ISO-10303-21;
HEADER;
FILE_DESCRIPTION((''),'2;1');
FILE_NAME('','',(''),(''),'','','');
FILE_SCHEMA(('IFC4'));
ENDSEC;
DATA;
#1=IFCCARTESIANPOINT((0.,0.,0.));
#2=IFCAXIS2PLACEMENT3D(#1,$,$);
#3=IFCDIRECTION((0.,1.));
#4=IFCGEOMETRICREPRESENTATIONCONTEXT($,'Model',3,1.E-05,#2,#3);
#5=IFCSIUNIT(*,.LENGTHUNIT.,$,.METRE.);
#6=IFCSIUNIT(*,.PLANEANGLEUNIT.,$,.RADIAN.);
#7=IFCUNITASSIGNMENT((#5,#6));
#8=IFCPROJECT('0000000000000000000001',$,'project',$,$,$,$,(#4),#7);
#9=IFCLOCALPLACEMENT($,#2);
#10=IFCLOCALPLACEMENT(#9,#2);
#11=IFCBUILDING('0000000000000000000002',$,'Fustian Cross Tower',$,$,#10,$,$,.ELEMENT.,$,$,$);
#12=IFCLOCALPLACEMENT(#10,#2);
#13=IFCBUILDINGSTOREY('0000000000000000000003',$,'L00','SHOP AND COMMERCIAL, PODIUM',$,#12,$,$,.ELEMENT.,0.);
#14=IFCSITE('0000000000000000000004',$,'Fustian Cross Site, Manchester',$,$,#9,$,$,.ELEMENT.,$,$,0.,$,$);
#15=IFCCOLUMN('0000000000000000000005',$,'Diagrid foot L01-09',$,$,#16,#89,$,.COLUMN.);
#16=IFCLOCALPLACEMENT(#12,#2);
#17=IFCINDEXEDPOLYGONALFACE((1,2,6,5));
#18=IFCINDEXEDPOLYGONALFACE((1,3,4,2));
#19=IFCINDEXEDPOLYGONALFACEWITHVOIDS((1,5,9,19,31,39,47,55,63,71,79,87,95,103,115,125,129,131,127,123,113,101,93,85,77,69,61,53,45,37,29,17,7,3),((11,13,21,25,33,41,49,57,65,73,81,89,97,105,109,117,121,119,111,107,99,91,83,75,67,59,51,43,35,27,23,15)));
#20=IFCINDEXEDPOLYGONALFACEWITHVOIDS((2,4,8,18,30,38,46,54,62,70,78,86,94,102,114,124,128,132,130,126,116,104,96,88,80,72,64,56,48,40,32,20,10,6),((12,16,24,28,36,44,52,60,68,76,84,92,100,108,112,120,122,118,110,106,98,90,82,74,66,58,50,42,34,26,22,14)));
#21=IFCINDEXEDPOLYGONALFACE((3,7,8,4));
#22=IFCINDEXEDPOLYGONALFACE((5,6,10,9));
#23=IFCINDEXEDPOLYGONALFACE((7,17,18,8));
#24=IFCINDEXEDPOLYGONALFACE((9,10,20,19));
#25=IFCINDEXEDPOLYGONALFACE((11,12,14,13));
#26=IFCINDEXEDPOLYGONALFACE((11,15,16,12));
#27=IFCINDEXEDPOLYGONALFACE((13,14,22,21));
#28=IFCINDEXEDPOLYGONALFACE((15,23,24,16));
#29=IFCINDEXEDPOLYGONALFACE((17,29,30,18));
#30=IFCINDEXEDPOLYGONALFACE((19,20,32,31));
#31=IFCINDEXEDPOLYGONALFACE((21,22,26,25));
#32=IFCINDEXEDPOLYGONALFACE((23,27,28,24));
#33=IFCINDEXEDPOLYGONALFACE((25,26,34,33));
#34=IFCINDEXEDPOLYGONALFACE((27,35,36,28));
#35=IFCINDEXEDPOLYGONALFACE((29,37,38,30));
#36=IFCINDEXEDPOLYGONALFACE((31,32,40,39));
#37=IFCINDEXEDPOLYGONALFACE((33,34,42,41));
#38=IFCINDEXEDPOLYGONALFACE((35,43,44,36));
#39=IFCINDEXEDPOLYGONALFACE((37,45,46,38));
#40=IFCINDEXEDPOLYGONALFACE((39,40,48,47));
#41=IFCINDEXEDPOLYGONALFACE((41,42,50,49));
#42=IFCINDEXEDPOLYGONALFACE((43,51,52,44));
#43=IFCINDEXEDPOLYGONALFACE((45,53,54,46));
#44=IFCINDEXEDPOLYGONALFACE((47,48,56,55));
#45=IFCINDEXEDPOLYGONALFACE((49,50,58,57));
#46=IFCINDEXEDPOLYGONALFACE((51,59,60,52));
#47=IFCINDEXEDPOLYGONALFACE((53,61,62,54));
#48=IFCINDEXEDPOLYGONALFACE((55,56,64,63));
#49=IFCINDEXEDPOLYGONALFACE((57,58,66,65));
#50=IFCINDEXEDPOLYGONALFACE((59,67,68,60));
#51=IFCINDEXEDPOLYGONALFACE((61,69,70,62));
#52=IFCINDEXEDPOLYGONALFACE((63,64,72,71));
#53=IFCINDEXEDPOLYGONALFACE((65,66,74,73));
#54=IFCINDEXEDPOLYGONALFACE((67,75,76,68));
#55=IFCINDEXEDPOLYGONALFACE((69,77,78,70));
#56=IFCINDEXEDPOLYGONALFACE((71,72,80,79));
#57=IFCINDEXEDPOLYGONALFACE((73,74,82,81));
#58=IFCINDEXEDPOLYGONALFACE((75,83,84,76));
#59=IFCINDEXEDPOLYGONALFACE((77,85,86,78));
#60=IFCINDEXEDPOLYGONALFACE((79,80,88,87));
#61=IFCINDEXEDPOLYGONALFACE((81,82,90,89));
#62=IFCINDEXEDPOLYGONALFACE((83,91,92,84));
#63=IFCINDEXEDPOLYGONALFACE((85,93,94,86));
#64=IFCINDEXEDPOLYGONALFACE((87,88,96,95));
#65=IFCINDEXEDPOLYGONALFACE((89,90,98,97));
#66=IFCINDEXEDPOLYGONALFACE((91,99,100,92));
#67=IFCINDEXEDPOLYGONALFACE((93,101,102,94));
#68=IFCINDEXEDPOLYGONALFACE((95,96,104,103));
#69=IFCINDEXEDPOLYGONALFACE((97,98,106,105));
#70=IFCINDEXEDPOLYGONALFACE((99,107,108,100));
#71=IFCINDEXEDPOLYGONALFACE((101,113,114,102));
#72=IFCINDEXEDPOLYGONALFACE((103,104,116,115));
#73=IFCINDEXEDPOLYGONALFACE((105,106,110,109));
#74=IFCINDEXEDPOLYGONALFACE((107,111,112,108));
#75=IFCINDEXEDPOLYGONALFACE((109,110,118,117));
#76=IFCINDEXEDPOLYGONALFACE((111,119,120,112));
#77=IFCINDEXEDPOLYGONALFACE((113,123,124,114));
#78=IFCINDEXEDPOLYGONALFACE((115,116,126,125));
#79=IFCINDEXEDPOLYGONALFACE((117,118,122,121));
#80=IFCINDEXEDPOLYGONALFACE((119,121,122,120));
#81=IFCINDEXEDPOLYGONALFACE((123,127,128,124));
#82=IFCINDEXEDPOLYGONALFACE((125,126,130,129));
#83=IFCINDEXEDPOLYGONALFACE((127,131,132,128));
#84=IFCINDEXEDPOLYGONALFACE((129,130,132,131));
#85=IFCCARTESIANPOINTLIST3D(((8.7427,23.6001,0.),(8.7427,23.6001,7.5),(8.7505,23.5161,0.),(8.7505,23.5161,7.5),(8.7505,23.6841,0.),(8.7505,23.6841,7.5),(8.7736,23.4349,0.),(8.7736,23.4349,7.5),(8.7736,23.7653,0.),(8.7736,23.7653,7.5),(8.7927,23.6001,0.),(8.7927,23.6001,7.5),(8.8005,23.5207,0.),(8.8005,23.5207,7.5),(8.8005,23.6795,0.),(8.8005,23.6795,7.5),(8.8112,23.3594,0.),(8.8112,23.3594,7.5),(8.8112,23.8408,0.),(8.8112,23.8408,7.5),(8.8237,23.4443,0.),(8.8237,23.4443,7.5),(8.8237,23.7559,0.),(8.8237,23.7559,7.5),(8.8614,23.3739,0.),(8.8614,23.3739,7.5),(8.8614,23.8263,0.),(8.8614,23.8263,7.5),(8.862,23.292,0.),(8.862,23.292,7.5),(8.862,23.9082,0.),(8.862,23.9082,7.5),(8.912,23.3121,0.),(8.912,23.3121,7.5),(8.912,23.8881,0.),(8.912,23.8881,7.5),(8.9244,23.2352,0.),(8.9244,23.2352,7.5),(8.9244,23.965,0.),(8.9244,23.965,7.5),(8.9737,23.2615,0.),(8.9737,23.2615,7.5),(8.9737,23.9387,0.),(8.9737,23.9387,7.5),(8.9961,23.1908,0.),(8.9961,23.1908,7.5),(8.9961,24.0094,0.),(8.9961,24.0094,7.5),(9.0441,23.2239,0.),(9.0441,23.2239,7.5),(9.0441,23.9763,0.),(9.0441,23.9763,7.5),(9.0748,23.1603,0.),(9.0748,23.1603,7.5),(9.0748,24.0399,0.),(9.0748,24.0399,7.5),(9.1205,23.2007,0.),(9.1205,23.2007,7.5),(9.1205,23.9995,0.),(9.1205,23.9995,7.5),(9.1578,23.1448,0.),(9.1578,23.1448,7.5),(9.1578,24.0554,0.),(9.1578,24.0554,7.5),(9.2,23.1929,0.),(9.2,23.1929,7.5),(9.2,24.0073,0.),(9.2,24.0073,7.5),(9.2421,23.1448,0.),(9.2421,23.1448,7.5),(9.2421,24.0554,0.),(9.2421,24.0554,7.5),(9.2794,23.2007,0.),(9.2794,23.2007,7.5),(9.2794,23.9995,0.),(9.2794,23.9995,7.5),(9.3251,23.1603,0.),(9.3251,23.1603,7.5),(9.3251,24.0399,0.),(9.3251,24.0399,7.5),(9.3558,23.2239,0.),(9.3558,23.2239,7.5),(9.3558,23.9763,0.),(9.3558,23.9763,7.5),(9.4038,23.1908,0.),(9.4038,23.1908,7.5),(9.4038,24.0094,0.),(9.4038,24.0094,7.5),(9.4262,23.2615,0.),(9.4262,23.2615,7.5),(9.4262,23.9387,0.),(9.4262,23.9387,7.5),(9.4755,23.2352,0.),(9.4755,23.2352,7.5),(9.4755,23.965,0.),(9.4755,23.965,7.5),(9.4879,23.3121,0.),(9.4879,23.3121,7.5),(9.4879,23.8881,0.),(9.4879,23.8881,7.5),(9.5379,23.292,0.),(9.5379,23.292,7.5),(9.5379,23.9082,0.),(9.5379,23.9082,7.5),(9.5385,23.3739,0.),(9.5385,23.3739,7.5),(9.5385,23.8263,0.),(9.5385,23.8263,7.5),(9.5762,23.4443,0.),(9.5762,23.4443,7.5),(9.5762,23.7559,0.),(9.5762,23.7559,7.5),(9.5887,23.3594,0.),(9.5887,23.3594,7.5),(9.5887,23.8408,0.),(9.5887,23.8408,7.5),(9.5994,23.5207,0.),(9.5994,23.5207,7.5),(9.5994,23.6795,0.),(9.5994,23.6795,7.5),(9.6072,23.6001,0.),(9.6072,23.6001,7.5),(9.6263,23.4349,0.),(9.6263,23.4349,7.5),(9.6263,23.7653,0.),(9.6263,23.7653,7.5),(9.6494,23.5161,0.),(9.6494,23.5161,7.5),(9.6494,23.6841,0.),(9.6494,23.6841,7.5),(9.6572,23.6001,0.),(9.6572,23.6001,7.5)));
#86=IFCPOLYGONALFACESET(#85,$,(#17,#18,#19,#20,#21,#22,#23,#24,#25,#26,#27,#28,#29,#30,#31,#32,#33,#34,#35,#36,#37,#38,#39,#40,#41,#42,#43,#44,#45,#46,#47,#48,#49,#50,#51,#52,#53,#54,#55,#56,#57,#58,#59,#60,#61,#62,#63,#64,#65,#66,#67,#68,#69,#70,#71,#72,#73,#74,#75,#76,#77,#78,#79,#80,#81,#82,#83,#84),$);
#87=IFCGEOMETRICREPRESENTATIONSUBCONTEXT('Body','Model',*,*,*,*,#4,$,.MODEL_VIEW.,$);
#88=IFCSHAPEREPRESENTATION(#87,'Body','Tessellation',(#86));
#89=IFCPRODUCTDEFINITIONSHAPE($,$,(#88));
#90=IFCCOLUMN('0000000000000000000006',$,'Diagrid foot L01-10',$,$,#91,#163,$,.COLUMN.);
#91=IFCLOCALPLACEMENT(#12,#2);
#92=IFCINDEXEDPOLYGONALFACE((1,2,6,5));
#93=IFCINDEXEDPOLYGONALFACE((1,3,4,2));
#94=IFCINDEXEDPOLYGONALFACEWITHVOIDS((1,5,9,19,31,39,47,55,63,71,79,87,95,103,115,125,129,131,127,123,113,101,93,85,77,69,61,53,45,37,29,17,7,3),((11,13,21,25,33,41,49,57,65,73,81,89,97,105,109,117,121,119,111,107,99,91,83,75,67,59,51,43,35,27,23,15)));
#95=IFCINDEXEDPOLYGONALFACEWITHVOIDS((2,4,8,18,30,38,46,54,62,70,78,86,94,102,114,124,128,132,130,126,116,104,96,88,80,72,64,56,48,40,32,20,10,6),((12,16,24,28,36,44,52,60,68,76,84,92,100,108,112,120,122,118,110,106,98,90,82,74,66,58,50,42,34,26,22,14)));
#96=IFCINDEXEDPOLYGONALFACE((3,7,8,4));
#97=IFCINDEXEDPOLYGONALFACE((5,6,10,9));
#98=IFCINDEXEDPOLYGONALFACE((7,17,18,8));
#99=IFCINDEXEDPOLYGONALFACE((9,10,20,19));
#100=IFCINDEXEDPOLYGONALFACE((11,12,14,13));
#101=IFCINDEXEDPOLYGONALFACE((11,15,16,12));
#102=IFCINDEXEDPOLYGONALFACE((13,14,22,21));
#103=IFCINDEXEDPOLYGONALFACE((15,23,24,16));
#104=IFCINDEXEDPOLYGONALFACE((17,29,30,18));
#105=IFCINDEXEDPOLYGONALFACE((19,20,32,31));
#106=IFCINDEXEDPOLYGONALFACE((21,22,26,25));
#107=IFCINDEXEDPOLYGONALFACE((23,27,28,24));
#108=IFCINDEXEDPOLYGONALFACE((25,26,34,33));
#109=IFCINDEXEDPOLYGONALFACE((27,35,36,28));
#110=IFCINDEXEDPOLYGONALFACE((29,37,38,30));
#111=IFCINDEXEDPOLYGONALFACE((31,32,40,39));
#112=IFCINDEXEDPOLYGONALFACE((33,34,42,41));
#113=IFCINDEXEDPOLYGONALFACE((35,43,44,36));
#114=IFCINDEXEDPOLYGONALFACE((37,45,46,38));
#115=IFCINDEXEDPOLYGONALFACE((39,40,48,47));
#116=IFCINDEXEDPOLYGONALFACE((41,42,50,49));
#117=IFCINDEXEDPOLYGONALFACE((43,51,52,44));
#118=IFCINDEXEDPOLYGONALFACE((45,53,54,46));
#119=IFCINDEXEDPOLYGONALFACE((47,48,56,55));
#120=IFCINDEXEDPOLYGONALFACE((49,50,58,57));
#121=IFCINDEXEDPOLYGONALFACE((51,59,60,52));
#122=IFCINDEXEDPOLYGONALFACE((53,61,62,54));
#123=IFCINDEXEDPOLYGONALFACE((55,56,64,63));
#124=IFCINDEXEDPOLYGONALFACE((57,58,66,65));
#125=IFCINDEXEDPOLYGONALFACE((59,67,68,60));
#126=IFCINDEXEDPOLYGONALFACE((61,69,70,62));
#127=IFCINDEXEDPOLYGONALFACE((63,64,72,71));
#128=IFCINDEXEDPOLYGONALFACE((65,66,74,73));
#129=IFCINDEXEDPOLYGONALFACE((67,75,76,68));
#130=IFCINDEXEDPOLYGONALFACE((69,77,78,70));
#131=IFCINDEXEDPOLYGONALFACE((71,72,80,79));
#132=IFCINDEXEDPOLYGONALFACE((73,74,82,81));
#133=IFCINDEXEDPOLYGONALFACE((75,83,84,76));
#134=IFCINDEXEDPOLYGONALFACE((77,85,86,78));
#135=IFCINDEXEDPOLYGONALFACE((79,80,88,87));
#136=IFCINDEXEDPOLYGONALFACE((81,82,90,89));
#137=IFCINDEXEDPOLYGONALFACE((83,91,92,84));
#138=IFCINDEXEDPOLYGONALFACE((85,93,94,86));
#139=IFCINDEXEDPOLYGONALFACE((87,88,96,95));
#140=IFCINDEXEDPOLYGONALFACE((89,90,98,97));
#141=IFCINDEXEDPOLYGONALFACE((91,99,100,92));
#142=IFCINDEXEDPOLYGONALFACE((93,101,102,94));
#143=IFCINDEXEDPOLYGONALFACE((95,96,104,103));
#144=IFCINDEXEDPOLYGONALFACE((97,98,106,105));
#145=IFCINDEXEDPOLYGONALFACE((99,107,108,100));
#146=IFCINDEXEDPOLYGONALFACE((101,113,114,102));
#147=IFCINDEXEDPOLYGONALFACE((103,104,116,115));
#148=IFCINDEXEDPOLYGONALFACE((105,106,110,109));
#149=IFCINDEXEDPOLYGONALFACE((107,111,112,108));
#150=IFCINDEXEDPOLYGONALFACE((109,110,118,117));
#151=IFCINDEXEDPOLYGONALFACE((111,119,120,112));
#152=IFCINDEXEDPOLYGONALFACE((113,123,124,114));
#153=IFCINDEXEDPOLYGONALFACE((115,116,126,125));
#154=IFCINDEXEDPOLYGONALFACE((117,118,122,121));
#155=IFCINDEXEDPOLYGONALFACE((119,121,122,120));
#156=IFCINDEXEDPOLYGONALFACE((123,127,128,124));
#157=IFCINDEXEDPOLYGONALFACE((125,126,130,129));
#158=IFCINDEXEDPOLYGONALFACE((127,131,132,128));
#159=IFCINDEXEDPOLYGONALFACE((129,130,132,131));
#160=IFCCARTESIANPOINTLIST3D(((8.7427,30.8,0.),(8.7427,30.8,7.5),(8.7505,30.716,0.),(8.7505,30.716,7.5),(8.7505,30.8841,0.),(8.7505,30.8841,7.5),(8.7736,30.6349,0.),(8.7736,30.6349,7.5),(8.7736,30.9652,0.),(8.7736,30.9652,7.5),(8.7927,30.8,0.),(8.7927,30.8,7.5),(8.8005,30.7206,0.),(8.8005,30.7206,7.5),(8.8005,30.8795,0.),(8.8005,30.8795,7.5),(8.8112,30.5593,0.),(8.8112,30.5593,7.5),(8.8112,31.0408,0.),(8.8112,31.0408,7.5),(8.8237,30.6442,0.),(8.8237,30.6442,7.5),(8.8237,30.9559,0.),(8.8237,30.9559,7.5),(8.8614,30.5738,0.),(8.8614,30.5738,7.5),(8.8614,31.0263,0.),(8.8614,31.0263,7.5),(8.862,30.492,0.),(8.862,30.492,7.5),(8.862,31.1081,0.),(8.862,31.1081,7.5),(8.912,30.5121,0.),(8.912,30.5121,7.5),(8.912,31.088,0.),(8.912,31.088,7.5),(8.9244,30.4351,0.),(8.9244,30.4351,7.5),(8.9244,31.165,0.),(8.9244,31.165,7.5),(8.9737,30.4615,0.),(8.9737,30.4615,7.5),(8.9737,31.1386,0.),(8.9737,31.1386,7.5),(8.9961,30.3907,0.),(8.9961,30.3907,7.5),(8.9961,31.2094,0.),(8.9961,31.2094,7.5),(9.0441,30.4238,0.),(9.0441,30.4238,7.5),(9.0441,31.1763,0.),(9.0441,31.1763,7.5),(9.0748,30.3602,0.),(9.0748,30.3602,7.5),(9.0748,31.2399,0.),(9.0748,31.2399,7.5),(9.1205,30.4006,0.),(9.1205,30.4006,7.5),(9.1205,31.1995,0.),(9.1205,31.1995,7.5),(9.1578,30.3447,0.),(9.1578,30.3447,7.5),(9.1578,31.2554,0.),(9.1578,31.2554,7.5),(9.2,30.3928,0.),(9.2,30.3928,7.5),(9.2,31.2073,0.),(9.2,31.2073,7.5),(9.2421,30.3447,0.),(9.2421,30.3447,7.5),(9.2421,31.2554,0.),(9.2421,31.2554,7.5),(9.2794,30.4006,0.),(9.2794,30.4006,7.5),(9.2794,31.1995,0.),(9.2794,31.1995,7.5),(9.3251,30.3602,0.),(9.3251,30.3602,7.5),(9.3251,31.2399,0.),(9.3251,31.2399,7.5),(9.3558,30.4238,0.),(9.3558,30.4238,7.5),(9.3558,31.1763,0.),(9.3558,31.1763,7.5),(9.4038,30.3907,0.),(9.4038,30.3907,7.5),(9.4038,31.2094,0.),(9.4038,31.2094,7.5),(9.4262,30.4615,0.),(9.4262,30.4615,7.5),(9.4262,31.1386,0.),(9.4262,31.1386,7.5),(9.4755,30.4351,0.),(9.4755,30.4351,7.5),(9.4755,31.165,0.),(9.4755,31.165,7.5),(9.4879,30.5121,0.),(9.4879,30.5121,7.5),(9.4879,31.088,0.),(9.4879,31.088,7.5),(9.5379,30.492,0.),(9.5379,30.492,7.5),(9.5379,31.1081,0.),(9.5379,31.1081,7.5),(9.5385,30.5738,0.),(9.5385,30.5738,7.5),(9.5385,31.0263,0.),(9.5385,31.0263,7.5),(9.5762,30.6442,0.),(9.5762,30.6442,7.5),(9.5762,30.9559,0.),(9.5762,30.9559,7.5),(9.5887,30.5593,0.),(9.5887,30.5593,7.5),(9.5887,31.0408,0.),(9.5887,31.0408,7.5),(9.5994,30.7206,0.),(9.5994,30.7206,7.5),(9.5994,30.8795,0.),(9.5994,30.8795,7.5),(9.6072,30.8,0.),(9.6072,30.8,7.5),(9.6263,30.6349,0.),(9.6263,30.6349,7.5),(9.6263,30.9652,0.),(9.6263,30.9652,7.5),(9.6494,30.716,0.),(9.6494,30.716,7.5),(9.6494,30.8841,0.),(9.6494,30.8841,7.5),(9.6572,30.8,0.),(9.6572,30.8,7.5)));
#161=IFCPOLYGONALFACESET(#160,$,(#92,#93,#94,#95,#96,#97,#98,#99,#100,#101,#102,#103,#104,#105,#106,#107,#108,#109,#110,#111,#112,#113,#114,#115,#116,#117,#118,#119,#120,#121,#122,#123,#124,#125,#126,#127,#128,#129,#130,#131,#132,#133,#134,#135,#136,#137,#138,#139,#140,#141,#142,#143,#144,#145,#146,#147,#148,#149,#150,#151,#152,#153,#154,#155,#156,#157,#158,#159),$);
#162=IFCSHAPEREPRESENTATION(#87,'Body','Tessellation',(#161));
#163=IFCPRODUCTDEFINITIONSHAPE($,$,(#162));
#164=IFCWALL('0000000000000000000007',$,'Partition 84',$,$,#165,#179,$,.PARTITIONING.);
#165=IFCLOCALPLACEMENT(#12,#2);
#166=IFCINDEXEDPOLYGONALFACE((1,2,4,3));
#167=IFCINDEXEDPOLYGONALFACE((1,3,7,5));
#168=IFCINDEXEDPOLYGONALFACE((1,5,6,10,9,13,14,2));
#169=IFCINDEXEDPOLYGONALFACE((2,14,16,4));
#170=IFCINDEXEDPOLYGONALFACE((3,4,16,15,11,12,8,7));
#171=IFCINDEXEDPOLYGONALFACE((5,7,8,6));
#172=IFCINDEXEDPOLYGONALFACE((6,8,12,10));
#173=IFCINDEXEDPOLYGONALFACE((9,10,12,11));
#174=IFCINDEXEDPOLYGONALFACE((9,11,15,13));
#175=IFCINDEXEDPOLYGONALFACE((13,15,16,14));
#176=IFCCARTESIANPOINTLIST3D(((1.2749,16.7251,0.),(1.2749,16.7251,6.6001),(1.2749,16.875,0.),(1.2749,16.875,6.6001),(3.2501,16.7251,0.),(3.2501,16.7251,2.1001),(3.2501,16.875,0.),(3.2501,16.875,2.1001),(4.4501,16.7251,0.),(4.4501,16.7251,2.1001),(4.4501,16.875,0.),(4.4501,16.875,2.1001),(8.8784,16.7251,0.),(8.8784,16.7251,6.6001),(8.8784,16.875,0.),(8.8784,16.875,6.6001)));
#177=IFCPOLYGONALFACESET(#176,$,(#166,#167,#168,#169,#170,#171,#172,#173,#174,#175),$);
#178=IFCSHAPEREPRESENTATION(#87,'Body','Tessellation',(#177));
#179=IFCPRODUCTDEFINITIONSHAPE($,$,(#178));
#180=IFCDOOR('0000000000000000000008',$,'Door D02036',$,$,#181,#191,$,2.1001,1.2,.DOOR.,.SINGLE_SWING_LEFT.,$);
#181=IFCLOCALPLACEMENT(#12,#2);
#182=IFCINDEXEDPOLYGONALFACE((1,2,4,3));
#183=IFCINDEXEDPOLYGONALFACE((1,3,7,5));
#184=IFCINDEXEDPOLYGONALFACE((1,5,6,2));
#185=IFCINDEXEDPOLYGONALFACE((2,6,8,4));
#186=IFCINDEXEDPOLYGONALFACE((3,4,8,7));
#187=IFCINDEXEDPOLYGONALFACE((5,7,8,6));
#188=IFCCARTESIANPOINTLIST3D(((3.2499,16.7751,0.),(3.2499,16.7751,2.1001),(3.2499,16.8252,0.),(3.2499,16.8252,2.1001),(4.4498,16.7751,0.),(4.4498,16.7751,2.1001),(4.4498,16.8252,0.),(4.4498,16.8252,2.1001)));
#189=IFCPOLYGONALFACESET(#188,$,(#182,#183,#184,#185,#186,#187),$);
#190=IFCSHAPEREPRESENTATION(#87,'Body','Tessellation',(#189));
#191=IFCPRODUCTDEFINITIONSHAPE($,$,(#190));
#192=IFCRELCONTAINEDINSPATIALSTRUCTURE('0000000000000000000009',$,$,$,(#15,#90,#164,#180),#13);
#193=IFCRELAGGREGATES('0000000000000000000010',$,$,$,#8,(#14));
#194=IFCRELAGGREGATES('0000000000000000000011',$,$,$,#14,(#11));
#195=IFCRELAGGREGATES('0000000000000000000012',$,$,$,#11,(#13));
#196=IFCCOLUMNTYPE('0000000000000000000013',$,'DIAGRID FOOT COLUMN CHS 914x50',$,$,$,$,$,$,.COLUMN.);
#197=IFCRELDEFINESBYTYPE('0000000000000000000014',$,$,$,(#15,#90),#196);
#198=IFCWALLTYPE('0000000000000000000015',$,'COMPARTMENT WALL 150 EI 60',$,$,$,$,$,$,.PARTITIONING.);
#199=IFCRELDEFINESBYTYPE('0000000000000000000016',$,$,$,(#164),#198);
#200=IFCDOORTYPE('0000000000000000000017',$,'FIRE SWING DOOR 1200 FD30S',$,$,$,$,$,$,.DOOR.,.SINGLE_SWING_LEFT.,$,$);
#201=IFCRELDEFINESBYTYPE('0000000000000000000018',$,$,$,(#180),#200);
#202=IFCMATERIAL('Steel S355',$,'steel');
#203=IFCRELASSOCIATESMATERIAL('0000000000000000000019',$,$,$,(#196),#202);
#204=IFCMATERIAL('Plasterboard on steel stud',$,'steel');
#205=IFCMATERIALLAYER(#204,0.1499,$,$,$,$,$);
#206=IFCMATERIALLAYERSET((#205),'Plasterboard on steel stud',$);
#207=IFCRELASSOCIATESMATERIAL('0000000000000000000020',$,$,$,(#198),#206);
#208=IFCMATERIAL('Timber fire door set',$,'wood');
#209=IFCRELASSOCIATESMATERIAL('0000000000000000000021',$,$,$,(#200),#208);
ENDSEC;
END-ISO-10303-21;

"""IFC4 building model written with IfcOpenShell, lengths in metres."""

from ifc_helpers import new_model, si_unit, direction, frame, frame_2d, origin, origin_2d, place, context, subcontext, project, spatial, rectangle, hollow_circle, extrude, material, layer, layer_set, material_profile, profile_set, type_object, element, fill, save


model = new_model("IFC4")

# Units and contexts
model_context = context("Model", 3, precision=1e-05, world=origin(), true_north=direction((0.0, 1.0)))
body_context = subcontext(model_context, "Body", "Model", "MODEL_VIEW")
ifc_project = project(units=[si_unit("LENGTHUNIT", "METRE"), si_unit("PLANEANGLEUNIT", "RADIAN")], contexts=[model_context])

# Site, building, storey
site_placement = place(None, origin())
site = spatial("IfcSite", under=ifc_project, at=site_placement, Name="Fustian Cross Site, Manchester", CompositionType="ELEMENT", RefElevation=0.0)
building_placement = place(site_placement, origin())
building = spatial("IfcBuilding", under=site, at=building_placement, Name="Fustian Cross Tower", CompositionType="ELEMENT")
storey_placement = place(building_placement, origin())
storey = spatial("IfcBuildingStorey", under=building, at=storey_placement, Name="L00", Description="SHOP AND COMMERCIAL, PODIUM", CompositionType="ELEMENT", Elevation=0.0)

# Columns
ifc_material_1 = material(Name="Steel S355", Category="steel")
ifc_material_profile_1 = material_profile(ifc_material_1, hollow_circle(Radius=0.4573, WallThickness=0.05, at=origin_2d()), Name="CHS 914x50")
ifc_profile_set_1 = profile_set([ifc_material_profile_1], Name="Steel S355")
column_type_1 = type_object("IfcColumnType", Name="DIAGRID FOOT COLUMN CHS 914x50", PredefinedType="COLUMN", material=ifc_profile_set_1)
for number, where, z_axis, x_axis, name in (
    (1, (9.2, 23.6001, 0.0), (0.0, 0.0, 1.0), (1.0, 0.0, 0.0), "Diagrid foot L01-09"),
    (2, (9.2, 30.8, 0.0), (0.0, 0.0, 1.0), (1.0, 0.0, 0.0), "Diagrid foot L01-10"),
):
    element("IfcColumn", number, at=place(storey_placement, frame(where, z_axis=z_axis, x_axis=x_axis)), inside=storey, type_object=column_type_1, Name=name, PredefinedType="COLUMN", context=body_context, shape_type="SweptSolid", body=[
        extrude(hollow_circle(Radius=0.4573, WallThickness=0.05, at=origin_2d()), origin(), (0.0, 0.0, 1.0), 7.5),
    ])

# Wall, opening, door
ifc_material_2 = material(Name="Plasterboard on steel stud", Category="steel")
ifc_layer = layer(ifc_material_2, 0.1499)
ifc_layer_set = layer_set([ifc_layer], Name="Plasterboard on steel stud")
wall_type = type_object("IfcWallType", Name="COMPARTMENT WALL 150 EI 60", PredefinedType="PARTITIONING", material=ifc_layer_set)
wall_1_placement = place(storey_placement, frame((1.2749, 16.8, 0.0), z_axis=(0.0, 0.0, 1.0), x_axis=(1.0, 0.0, 0.0)))
wall_1 = element("IfcWall", 3, at=wall_1_placement, inside=storey, type_object=wall_type, Name="Partition 84", PredefinedType="PARTITIONING", context=body_context, shape_type="SweptSolid", body=[
    extrude(rectangle(XDim=7.6035, YDim=0.1499, at=frame_2d((3.8018, 0.0))), origin(), (0.0, 0.0, 1.0), 6.6001),
])
opening_1_placement = place(wall_1_placement, frame((1.9751, 0.0, 0.0)))
opening_1 = element("IfcOpeningElement", 4, at=opening_1_placement, cuts=wall_1, PredefinedType="OPENING", context=body_context, shape_type="SweptSolid", body=[
    extrude(rectangle(XDim=1.2, YDim=2.1001, at=frame_2d((0.6001, 1.05))), frame((0.0, 0.085, 0.0), z_axis=(0.0, -1.0, 0.0), x_axis=(1.0, 0.0, 0.0)), (0.0, 0.0, 1.0), 0.1699),
])
ifc_material_3 = material(Name="Timber fire door set", Category="wood")
door_type_1 = type_object("IfcDoorType", Name="FIRE SWING DOOR 1200 FD30S", OperationType="SINGLE_SWING_LEFT", PredefinedType="DOOR", material=ifc_material_3)
door_1_placement = place(opening_1_placement, frame((1.2, 0.0, 0.0), z_axis=(0.0, 0.0, 1.0), x_axis=(-1.0, 0.0, 0.0)))
door_1 = element("IfcDoor", 5, at=door_1_placement, inside=storey, type_object=door_type_1, Name="Door D02036", OperationType="SINGLE_SWING_LEFT", OverallHeight=2.1001, OverallWidth=1.2, PredefinedType="DOOR", context=body_context, shape_type="SweptSolid", body=[
    extrude(rectangle(XDim=1.2, YDim=2.1001, at=frame_2d((0.6001, 1.05))), frame((0.0, 0.0249, 0.0), z_axis=(0.0, -1.0, 0.0), x_axis=(1.0, 0.0, 0.0)), (0.0, 0.0, 1.0), 0.05),
])
fill(opening_1, door_1)

save(model, "model.ifc")
